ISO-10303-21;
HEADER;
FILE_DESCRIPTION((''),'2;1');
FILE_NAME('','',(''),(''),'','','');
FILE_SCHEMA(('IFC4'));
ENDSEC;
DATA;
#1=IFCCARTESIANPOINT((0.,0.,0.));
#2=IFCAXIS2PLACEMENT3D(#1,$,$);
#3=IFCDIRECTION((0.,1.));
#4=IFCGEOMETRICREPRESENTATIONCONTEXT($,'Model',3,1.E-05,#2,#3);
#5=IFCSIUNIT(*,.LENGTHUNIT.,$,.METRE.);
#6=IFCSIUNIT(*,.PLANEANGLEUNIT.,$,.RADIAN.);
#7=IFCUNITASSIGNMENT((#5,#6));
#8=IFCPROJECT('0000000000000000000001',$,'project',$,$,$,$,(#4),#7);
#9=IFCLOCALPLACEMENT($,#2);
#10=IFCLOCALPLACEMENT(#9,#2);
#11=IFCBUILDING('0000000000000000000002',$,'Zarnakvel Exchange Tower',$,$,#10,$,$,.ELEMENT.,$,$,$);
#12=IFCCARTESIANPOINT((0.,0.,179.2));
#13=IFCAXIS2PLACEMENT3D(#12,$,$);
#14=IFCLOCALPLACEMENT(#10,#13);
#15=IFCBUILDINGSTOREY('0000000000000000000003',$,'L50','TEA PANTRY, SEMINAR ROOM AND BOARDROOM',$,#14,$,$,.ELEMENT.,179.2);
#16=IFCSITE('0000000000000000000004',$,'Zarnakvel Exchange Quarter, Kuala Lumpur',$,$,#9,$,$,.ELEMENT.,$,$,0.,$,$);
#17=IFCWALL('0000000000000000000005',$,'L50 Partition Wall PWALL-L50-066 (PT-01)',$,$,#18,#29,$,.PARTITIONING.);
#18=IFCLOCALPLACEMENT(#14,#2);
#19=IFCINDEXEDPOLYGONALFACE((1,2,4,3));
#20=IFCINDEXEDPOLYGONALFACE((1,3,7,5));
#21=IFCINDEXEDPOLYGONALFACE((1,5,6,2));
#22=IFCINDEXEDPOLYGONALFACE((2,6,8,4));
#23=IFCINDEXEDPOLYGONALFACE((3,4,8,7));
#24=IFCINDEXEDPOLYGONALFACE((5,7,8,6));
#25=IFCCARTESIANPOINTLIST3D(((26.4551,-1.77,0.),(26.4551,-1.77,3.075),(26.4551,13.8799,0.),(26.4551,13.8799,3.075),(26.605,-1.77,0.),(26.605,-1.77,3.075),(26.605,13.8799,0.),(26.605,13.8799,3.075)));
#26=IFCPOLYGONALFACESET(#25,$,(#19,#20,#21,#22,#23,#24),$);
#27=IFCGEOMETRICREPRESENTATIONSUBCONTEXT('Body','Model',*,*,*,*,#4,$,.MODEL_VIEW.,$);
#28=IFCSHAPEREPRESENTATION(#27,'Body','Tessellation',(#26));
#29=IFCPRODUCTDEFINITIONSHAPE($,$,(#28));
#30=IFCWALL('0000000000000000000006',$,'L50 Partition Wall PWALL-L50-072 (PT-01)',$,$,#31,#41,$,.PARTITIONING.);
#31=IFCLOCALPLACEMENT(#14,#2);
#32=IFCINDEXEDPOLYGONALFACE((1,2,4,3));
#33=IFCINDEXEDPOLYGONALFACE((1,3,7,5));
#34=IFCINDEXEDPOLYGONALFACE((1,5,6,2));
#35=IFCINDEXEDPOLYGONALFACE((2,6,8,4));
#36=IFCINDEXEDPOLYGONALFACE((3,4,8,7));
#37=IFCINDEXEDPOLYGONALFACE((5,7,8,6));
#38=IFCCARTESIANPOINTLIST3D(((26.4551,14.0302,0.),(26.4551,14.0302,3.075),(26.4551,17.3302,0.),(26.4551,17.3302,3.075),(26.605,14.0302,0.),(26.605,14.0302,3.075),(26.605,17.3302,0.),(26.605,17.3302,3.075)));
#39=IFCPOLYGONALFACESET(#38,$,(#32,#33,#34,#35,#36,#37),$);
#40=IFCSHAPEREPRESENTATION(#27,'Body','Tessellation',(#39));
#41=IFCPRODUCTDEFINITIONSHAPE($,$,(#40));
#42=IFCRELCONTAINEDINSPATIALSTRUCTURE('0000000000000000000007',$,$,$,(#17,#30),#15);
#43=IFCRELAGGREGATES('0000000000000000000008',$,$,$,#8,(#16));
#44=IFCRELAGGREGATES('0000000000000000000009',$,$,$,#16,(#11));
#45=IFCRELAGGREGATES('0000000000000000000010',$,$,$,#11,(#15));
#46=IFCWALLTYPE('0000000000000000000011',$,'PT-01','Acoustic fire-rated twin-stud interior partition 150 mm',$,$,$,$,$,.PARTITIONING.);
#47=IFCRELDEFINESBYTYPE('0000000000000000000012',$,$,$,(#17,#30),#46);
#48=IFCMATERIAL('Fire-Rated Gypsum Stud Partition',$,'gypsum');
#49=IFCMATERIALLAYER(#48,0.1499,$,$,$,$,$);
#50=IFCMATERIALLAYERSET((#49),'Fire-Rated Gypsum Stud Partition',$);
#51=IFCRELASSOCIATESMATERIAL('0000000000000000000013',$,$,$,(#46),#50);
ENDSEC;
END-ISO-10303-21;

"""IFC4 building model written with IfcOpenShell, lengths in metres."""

from ifc_helpers import new_model, si_unit, direction, frame, frame_2d, origin, place, context, subcontext, project, spatial, rectangle, extrude, material, layer, layer_set, type_object, element, save


model = new_model("IFC4")

# Units and contexts
model_context = context("Model", 3, precision=1e-05, world=origin(), true_north=direction((0.0, 1.0)))
body_context = subcontext(model_context, "Body", "Model", "MODEL_VIEW")
ifc_project = project(units=[si_unit("LENGTHUNIT", "METRE"), si_unit("PLANEANGLEUNIT", "RADIAN")], contexts=[model_context])

# Site, building, storey
site_placement = place(None, origin())
site = spatial("IfcSite", under=ifc_project, at=site_placement, Name="Zarnakvel Exchange Quarter, Kuala Lumpur", CompositionType="ELEMENT", RefElevation=0.0)
building_placement = place(site_placement, origin())
building = spatial("IfcBuilding", under=site, at=building_placement, Name="Zarnakvel Exchange Tower", CompositionType="ELEMENT")
storey_placement = place(building_placement, frame((0.0, 0.0, 179.2)))
storey = spatial("IfcBuildingStorey", under=building, at=storey_placement, Name="L50", Description="TEA PANTRY, SEMINAR ROOM AND BOARDROOM", CompositionType="ELEMENT", Elevation=179.2)

# Walls
ifc_material_1 = material(Name="Fire-Rated Gypsum Stud Partition", Category="gypsum")
ifc_layer_1 = layer(ifc_material_1, 0.1499)
ifc_layer_set_1 = layer_set([ifc_layer_1], Name="Fire-Rated Gypsum Stud Partition")
wall_type_1 = type_object("IfcWallType", Name="PT-01", Description="Acoustic fire-rated twin-stud interior partition 150 mm", PredefinedType="PARTITIONING", material=ifc_layer_set_1)
wall_1_placement = place(storey_placement, frame((26.53, 13.8799, 0.0), z_axis=(0.0, 0.0, 1.0), x_axis=(0.0, -1.0, 0.0)))
element("IfcWall", 1, at=wall_1_placement, inside=storey, type_object=wall_type_1, Name="L50 Partition Wall PWALL-L50-066 (PT-01)", PredefinedType="PARTITIONING", context=body_context, shape_type="SweptSolid", body=[
    extrude(rectangle(XDim=15.6499, YDim=0.1499, at=frame_2d((7.825, 0.0))), origin(), (0.0, 0.0, 1.0), 3.075),
])
wall_2_placement = place(storey_placement, frame((26.53, 17.3301, 0.0), z_axis=(0.0, 0.0, 1.0), x_axis=(0.0, -1.0, 0.0)))
element("IfcWall", 2, at=wall_2_placement, inside=storey, type_object=wall_type_1, Name="L50 Partition Wall PWALL-L50-072 (PT-01)", PredefinedType="PARTITIONING", context=body_context, shape_type="SweptSolid", body=[
    extrude(rectangle(XDim=3.3, YDim=0.1499, at=frame_2d((1.6499, 0.0))), origin(), (0.0, 0.0, 1.0), 3.075),
])

save(model, "model.ifc")
